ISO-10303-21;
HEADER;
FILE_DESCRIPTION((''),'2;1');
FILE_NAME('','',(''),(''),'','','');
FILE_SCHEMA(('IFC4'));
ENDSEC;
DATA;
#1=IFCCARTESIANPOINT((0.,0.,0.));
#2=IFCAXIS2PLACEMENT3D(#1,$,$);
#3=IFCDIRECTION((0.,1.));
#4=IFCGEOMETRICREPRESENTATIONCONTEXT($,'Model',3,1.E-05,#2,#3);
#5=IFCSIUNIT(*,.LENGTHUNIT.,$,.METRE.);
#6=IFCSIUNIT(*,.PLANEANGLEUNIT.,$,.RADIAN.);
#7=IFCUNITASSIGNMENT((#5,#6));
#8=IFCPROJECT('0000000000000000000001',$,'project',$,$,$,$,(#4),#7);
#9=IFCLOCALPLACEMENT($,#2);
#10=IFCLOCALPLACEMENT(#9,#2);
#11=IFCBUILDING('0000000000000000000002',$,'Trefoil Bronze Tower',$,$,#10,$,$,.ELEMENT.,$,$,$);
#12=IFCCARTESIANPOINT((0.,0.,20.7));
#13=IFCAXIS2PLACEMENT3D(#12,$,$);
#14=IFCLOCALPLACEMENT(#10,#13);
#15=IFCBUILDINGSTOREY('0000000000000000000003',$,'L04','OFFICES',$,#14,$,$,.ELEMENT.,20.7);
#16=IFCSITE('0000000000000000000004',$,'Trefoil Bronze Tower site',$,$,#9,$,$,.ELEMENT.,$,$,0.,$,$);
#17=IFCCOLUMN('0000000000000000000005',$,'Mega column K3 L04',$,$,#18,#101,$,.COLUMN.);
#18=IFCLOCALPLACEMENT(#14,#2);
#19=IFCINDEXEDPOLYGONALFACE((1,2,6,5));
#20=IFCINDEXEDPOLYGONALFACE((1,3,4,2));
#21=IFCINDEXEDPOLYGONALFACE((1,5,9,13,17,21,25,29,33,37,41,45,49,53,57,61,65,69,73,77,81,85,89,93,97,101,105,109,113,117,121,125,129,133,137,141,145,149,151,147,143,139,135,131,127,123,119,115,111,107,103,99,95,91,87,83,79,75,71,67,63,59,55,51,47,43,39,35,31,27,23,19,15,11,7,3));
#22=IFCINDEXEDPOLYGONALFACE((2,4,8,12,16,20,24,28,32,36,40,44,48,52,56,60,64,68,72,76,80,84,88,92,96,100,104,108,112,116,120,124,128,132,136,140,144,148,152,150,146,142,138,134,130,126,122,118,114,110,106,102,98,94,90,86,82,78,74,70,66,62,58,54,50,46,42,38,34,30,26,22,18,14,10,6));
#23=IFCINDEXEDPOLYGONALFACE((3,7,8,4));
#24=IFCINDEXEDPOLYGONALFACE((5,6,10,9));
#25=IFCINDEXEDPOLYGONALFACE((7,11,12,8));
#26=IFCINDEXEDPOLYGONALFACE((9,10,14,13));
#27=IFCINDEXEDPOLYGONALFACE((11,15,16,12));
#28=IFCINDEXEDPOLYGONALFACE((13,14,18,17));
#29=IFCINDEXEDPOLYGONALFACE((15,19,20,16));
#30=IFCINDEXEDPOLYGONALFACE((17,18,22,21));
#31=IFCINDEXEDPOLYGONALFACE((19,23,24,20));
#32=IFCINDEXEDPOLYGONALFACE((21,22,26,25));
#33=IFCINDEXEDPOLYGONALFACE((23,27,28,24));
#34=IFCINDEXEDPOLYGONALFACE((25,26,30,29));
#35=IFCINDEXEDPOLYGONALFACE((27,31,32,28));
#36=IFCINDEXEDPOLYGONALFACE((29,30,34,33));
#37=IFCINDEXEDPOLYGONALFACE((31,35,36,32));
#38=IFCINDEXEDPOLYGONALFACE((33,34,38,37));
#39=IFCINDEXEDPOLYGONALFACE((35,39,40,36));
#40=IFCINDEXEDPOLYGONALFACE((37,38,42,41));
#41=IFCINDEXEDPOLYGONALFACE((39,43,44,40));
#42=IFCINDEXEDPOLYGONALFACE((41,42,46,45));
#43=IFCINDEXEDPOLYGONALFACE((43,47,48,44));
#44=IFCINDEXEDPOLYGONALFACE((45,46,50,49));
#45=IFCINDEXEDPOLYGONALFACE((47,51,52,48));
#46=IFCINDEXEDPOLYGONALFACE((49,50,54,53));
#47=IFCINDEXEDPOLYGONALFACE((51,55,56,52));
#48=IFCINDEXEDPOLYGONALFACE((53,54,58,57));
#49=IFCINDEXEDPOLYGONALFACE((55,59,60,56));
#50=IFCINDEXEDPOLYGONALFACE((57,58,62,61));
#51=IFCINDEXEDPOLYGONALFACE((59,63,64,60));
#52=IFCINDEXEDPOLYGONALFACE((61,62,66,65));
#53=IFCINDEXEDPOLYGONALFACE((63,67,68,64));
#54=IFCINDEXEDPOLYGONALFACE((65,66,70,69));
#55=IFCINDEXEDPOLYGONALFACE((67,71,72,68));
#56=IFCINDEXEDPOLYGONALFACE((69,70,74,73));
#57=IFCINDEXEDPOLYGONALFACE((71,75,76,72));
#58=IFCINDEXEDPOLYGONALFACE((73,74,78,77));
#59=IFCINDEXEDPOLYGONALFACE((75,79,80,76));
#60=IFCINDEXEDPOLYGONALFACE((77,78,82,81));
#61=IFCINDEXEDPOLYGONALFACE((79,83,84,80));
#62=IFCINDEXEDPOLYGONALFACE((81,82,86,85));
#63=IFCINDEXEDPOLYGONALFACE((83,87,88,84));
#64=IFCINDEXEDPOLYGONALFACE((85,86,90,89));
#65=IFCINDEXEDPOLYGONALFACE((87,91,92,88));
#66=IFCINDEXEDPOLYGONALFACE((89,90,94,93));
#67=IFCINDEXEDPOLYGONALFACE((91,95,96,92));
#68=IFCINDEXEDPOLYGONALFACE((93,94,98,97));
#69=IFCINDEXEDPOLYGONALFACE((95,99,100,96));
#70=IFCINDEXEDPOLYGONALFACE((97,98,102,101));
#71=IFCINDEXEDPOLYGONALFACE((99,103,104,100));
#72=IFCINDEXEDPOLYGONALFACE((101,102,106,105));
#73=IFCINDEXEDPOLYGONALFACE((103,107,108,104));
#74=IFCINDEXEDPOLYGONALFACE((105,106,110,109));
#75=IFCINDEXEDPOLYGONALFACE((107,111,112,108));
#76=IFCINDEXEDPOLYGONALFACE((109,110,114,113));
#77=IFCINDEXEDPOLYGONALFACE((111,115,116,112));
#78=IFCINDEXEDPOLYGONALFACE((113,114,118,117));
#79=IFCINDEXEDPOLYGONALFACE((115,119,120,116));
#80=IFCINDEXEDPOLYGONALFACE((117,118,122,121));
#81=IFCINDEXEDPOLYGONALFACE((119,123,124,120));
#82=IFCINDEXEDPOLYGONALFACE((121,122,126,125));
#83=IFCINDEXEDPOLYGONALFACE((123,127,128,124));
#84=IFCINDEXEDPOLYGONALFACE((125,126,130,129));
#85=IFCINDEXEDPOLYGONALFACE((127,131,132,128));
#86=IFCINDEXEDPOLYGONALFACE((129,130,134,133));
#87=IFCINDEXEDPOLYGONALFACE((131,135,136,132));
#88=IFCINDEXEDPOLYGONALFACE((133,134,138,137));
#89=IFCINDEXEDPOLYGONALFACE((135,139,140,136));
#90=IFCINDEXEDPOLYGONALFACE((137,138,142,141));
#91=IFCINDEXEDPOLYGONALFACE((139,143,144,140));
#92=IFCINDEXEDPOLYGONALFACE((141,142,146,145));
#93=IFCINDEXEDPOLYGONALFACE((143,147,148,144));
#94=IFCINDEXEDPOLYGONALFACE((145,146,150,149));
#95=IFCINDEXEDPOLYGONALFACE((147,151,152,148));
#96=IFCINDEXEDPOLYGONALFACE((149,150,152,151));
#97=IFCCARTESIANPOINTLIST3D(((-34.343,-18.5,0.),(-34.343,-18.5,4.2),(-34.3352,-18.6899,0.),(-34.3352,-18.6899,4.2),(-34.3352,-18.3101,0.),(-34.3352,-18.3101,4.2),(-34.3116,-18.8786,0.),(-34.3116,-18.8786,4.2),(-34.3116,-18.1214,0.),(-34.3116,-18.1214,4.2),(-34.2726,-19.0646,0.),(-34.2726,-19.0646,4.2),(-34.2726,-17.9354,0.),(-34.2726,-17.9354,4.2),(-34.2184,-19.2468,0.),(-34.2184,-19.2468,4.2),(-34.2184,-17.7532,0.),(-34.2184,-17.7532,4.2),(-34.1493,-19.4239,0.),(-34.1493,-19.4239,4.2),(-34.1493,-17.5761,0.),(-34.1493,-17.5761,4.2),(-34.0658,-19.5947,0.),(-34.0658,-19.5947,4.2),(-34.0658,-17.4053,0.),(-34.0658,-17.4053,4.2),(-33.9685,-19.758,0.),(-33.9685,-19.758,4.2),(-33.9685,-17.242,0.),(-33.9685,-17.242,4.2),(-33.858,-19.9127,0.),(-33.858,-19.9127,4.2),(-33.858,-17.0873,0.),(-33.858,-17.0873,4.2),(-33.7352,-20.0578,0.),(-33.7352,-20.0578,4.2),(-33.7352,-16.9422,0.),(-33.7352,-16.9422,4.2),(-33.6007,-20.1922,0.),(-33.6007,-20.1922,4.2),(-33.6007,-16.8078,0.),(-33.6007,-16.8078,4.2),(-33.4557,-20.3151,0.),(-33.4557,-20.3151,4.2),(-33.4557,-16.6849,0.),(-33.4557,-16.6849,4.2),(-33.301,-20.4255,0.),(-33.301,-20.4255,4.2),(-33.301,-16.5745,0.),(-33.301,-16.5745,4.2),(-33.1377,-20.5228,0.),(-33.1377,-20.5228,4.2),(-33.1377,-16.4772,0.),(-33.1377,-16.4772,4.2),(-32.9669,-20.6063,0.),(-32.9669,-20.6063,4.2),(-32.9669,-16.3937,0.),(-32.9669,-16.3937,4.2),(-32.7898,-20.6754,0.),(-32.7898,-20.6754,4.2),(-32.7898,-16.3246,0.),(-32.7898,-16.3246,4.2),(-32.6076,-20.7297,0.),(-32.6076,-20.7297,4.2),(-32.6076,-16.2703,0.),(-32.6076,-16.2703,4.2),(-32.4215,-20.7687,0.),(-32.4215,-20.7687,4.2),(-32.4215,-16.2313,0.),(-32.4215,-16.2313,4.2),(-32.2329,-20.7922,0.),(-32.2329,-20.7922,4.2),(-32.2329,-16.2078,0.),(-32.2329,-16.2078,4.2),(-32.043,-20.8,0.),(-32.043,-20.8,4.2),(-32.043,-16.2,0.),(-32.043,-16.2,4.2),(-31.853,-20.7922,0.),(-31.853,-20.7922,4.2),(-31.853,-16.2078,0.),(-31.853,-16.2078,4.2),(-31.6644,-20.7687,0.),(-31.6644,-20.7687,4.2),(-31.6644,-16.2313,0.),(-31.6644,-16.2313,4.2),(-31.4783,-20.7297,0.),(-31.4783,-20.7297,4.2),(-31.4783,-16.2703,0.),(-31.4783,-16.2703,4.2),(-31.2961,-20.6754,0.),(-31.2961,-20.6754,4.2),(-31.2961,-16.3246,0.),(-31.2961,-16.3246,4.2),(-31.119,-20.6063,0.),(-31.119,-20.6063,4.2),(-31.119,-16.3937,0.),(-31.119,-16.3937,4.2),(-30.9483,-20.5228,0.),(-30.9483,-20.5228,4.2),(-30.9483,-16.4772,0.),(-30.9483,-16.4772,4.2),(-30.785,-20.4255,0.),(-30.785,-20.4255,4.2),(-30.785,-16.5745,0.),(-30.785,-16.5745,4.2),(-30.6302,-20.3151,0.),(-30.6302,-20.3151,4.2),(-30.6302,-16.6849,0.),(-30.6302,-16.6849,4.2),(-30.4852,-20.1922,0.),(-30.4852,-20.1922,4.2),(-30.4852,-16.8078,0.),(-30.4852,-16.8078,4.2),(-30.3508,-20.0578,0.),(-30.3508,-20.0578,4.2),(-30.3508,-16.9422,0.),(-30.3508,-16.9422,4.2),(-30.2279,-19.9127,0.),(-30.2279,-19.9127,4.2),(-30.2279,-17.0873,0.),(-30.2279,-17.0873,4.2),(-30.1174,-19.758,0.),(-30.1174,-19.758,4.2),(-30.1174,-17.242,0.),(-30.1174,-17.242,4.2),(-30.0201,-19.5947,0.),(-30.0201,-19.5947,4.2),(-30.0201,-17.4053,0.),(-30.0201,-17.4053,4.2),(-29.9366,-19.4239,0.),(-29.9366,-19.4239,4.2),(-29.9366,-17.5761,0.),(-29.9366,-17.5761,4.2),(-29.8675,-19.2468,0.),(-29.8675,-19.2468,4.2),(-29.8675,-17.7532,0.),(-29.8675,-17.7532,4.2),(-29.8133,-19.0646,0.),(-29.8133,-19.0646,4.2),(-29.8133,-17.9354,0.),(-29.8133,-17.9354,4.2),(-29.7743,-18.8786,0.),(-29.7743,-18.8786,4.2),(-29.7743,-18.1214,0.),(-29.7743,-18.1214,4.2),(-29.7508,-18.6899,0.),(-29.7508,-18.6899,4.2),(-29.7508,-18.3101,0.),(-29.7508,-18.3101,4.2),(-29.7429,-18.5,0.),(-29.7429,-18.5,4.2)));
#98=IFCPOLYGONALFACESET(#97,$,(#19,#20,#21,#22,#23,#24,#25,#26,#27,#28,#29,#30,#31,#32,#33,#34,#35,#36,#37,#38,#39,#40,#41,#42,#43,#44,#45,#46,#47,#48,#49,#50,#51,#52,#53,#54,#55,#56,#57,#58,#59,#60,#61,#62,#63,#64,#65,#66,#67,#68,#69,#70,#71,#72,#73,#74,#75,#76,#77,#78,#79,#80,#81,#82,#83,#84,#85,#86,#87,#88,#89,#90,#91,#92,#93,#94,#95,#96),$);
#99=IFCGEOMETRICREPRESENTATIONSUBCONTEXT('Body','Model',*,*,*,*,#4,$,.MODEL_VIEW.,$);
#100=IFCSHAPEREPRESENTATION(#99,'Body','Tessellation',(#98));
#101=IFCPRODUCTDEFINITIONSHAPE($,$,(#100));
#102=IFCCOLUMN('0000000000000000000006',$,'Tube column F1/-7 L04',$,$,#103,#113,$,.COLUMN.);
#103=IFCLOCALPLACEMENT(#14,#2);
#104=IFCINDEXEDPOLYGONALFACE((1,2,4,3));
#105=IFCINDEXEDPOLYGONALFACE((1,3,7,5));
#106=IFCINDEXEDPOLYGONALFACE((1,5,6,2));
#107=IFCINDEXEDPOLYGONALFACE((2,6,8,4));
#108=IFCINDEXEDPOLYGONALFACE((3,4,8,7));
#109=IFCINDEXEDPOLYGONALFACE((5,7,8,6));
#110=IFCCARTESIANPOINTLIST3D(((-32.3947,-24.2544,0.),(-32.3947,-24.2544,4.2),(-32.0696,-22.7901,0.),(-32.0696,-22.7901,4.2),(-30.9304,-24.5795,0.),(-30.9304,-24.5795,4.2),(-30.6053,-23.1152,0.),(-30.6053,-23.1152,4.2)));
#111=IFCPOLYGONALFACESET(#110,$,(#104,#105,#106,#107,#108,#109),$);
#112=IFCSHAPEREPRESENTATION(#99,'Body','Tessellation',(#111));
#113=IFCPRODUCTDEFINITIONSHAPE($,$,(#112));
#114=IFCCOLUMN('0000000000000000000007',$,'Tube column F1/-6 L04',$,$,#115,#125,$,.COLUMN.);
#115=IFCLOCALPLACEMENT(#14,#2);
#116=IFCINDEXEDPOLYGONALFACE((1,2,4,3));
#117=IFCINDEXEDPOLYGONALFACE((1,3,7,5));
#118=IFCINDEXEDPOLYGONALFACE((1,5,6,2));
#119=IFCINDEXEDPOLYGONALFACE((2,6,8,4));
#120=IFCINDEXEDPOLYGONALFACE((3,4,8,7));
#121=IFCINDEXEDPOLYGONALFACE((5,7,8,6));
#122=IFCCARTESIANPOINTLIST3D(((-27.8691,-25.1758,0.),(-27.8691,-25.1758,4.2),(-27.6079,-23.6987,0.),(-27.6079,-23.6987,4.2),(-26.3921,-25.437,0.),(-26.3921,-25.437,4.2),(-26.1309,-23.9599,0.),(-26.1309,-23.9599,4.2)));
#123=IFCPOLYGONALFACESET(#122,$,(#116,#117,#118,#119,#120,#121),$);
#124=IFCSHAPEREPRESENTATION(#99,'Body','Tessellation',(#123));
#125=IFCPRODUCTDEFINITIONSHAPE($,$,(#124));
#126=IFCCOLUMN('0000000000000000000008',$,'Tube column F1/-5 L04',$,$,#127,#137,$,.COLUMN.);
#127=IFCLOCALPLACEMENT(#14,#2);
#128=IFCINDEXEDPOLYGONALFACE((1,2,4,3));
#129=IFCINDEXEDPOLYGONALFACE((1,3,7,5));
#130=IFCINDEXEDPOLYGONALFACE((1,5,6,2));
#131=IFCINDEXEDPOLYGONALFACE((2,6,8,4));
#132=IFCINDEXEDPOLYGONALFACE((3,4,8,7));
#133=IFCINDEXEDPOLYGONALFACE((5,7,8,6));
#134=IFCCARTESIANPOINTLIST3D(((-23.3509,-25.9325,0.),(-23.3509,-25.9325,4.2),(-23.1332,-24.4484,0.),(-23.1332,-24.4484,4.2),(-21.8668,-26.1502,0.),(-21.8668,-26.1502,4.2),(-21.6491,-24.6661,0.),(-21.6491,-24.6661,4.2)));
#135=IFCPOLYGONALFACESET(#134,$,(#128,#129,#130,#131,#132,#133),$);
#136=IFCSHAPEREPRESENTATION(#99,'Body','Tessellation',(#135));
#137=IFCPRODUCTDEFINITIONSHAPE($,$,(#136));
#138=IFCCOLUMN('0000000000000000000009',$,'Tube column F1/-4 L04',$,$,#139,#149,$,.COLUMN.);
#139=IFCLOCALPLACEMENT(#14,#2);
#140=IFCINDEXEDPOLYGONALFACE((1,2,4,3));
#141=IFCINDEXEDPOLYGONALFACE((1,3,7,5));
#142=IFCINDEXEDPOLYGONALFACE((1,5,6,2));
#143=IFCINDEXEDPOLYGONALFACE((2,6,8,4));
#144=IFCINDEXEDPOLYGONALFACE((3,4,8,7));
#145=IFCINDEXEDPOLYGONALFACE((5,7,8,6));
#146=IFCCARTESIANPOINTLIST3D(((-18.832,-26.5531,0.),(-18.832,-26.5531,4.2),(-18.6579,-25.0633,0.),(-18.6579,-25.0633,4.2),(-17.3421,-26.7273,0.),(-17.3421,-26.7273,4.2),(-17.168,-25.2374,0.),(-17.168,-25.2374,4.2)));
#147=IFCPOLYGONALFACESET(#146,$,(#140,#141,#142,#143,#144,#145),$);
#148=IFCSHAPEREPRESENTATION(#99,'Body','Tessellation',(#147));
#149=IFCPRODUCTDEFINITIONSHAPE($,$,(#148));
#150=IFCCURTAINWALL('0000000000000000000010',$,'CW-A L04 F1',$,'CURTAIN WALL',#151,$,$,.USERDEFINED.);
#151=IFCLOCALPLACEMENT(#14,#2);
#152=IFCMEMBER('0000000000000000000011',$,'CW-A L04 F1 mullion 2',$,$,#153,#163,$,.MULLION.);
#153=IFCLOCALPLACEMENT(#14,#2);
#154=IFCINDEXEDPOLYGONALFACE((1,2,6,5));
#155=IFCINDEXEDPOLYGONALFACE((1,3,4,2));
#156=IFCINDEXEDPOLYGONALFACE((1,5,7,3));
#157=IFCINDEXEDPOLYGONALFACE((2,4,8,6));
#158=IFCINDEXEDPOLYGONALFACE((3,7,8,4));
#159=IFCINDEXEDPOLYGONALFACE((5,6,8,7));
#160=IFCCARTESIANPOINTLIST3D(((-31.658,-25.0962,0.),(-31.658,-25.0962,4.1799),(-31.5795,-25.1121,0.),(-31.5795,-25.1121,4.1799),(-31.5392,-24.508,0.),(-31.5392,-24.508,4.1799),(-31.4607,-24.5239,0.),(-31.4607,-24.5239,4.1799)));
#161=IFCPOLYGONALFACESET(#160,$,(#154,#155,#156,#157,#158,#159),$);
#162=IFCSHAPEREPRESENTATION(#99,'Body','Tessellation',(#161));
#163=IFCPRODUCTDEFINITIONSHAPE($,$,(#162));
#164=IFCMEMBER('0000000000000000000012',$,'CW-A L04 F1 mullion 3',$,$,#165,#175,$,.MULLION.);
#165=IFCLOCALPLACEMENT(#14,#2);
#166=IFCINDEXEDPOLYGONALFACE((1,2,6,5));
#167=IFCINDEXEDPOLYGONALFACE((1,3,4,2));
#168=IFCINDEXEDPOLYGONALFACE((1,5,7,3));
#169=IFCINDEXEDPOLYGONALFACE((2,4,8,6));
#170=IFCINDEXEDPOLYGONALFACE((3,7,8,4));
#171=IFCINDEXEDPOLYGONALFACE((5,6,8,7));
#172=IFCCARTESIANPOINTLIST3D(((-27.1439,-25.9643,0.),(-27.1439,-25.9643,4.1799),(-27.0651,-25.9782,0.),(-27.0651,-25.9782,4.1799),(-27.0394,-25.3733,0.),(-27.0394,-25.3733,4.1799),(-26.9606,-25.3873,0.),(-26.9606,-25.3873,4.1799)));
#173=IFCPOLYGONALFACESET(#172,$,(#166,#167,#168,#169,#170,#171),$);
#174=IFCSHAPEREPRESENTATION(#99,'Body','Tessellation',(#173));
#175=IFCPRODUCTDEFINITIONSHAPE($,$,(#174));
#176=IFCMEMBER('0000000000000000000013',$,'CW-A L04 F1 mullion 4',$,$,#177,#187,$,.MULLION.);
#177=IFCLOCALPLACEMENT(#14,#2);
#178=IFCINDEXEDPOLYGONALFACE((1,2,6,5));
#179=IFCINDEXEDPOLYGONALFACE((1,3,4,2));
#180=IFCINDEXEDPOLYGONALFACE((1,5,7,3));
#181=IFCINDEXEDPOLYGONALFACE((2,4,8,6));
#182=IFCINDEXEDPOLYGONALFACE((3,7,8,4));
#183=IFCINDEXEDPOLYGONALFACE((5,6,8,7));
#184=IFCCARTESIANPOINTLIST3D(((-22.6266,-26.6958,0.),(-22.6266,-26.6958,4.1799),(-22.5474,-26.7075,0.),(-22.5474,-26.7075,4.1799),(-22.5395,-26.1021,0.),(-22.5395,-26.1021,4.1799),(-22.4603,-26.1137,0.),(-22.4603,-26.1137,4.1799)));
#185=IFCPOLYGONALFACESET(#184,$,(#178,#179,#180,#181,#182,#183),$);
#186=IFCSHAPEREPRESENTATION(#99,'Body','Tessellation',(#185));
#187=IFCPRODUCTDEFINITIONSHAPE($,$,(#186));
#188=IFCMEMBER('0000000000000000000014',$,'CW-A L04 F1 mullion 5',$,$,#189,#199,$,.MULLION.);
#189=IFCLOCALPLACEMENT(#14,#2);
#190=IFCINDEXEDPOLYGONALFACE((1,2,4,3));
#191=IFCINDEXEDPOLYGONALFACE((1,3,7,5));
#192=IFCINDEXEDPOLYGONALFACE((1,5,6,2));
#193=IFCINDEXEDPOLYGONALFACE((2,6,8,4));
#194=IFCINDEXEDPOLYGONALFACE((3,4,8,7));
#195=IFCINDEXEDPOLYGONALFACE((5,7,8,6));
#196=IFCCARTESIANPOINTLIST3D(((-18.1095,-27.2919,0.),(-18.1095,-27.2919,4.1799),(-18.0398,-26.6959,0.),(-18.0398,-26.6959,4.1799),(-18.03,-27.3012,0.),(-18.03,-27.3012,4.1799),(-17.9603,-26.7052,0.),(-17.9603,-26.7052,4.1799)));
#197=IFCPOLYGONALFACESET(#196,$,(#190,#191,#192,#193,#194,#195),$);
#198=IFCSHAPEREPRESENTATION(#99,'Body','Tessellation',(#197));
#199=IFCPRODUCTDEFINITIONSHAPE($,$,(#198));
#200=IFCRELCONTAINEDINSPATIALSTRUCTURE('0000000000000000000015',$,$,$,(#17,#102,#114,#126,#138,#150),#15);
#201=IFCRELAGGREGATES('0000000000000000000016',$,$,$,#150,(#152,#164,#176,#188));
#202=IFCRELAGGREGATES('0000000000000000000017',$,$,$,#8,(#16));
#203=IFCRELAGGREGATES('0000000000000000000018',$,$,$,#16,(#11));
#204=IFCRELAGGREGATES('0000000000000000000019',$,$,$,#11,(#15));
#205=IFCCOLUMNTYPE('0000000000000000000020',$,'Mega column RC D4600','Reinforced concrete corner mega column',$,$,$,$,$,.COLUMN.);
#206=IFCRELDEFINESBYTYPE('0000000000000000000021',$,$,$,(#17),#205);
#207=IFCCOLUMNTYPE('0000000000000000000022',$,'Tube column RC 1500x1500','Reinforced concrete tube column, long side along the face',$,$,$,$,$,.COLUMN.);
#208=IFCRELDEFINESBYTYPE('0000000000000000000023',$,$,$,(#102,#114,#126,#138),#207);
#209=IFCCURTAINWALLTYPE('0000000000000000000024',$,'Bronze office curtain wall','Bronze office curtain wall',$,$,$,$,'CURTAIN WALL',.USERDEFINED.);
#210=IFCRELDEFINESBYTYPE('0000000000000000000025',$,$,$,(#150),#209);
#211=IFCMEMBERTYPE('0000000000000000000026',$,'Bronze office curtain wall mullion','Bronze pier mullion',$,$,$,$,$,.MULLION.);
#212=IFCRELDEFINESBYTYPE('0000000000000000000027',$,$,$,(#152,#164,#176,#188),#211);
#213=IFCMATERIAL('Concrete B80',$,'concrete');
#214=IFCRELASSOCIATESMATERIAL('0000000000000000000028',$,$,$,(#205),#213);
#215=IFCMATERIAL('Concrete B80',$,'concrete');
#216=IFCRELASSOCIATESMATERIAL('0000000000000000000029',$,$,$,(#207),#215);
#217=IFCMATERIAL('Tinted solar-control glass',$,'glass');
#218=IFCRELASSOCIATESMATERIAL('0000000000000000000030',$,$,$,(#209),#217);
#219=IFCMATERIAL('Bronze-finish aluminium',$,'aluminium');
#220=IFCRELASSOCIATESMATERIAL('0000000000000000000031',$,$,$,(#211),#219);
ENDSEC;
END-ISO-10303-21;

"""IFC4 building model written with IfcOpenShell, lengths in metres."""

from ifc_helpers import new_model, si_unit, direction, frame, origin, origin_2d, place, context, subcontext, project, spatial, rectangle, circle, extrude, material, material_profile, profile_set, type_object, element, aggregate, save


model = new_model("IFC4")

# Units and contexts
model_context = context("Model", 3, precision=1e-05, world=origin(), true_north=direction((0.0, 1.0)))
body_context = subcontext(model_context, "Body", "Model", "MODEL_VIEW")
ifc_project = project(units=[si_unit("LENGTHUNIT", "METRE"), si_unit("PLANEANGLEUNIT", "RADIAN")], contexts=[model_context])

# Site, building, storey
site_placement = place(None, origin())
site = spatial("IfcSite", under=ifc_project, at=site_placement, Name="Trefoil Bronze Tower site", CompositionType="ELEMENT", RefElevation=0.0)
building_placement = place(site_placement, origin())
building = spatial("IfcBuilding", under=site, at=building_placement, Name="Trefoil Bronze Tower", CompositionType="ELEMENT")
storey_placement = place(building_placement, frame((0.0, 0.0, 20.7)))
storey = spatial("IfcBuildingStorey", under=building, at=storey_placement, Name="L04", Description="OFFICES", CompositionType="ELEMENT", Elevation=20.7)

# Columns
ifc_material_1 = material(Name="Concrete B80", Category="concrete")
ifc_material_profile_1 = material_profile(ifc_material_1, circle(Radius=2.3, at=origin_2d()), Name="RC D4600")
ifc_profile_set_1 = profile_set([ifc_material_profile_1], Name="Concrete B80")
column_type_1 = type_object("IfcColumnType", Name="Mega column RC D4600", Description="Reinforced concrete corner mega column", PredefinedType="COLUMN", material=ifc_profile_set_1)
column_placement = place(storey_placement, frame((-32.043, -18.5, 0.0), z_axis=(0.0, 0.0, 1.0), x_axis=(1.0, 0.0, 0.0)))
element("IfcColumn", 1, at=column_placement, inside=storey, type_object=column_type_1, Name="Mega column K3 L04", PredefinedType="COLUMN", context=body_context, shape_type="SweptSolid", body=[
    extrude(circle(Radius=2.3, at=origin_2d()), origin(), (0.0, 0.0, 1.0), 4.2),
])
ifc_material_2 = material(Name="Concrete B80", Category="concrete")
ifc_material_profile_2 = material_profile(ifc_material_2, rectangle(XDim=1.5, YDim=1.5, at=origin_2d()), Name="RC 1500x1500")
ifc_profile_set_2 = profile_set([ifc_material_profile_2], Name="Concrete B80")
column_type_2 = type_object("IfcColumnType", Name="Tube column RC 1500x1500", Description="Reinforced concrete tube column, long side along the face", PredefinedType="COLUMN", material=ifc_profile_set_2)
for number, where, z_axis, x_axis, name in (
    (2, (-31.5, -23.6848, 0.0), (0.0, 0.0, 1.0), (0.97623, -0.216739, 0.0), "Tube column F1/-7 L04"),
    (3, (-27.0, -24.5679, 0.0), (0.0, 0.0, 1.0), (0.984722, -0.174131, 0.0), "Tube column F1/-6 L04"),
    (4, (-22.5, -25.2993, 0.0), (0.0, 0.0, 1.0), (0.989416, -0.145109, 0.0), "Tube column F1/-5 L04"),
    (5, (-18.0, -25.8953, 0.0), (0.0, 0.0, 1.0), (0.993239, -0.116087, 0.0), "Tube column F1/-4 L04"),
):
    element("IfcColumn", number, at=place(storey_placement, frame(where, z_axis=z_axis, x_axis=x_axis)), inside=storey, type_object=column_type_2, Name=name, PredefinedType="COLUMN", context=body_context, shape_type="SweptSolid", body=[
        extrude(rectangle(XDim=1.5, YDim=1.5, at=origin_2d()), origin(), (0.0, 0.0, 1.0), 4.2),
    ])

# Curtain wall, members
ifc_material_3 = material(Name="Tinted solar-control glass", Category="glass")
curtain_wall_type_1 = type_object("IfcCurtainWallType", Name="Bronze office curtain wall", Description="Bronze office curtain wall", ElementType="CURTAIN WALL", PredefinedType="USERDEFINED", material=ifc_material_3)
curtain_wall_1_placement = place(storey_placement, origin())
curtain_wall_1 = element("IfcCurtainWall", 6, at=curtain_wall_1_placement, inside=storey, type_object=curtain_wall_type_1, Name="CW-A L04 F1", ObjectType="CURTAIN WALL", PredefinedType="USERDEFINED")
ifc_material_4 = material(Name="Bronze-finish aluminium", Category="aluminium")
ifc_material_profile_3 = material_profile(ifc_material_4, rectangle(XDim=0.6001, YDim=0.0801, at=origin_2d()), Name="CW-A mullion")
ifc_profile_set_3 = profile_set([ifc_material_profile_3], Name="Bronze-finish aluminium")
member_type_1 = type_object("IfcMemberType", Name="Bronze office curtain wall mullion", Description="Bronze pier mullion", PredefinedType="MULLION", material=ifc_profile_set_3)
member_1_placement = place(storey_placement, frame((-31.5593, -24.8101, 0.0), z_axis=(0.0, 0.0, 1.0), x_axis=(0.19791, 0.98022, 0.0)))
member_1 = element("IfcMember", 7, at=member_1_placement, type_object=member_type_1, Name="CW-A L04 F1 mullion 2", PredefinedType="MULLION", context=body_context, shape_type="SweptSolid", body=[
    extrude(rectangle(XDim=0.6001, YDim=0.0801, at=origin_2d()), origin(), (0.0, 0.0, 1.0), 4.1799),
])
member_2_placement = place(storey_placement, frame((-27.0522, -25.6758, 0.0), z_axis=(0.0, 0.0, 1.0), x_axis=(0.174131, 0.984722, 0.0)))
member_2 = element("IfcMember", 8, at=member_2_placement, type_object=member_type_1, Name="CW-A L04 F1 mullion 3", PredefinedType="MULLION", context=body_context, shape_type="SweptSolid", body=[
    extrude(rectangle(XDim=0.6001, YDim=0.0801, at=origin_2d()), origin(), (0.0, 0.0, 1.0), 4.1799),
])
member_3_placement = place(storey_placement, frame((-22.5435, -26.4048, 0.0), z_axis=(0.0, 0.0, 1.0), x_axis=(0.145109, 0.989416, 0.0)))
member_3 = element("IfcMember", 9, at=member_3_placement, type_object=member_type_1, Name="CW-A L04 F1 mullion 4", PredefinedType="MULLION", context=body_context, shape_type="SweptSolid", body=[
    extrude(rectangle(XDim=0.6001, YDim=0.0801, at=origin_2d()), origin(), (0.0, 0.0, 1.0), 4.1799),
])
member_4_placement = place(storey_placement, frame((-18.0349, -26.9985, 0.0), z_axis=(0.0, 0.0, 1.0), x_axis=(0.116087, 0.993239, 0.0)))
member_4 = element("IfcMember", 10, at=member_4_placement, type_object=member_type_1, Name="CW-A L04 F1 mullion 5", PredefinedType="MULLION", context=body_context, shape_type="SweptSolid", body=[
    extrude(rectangle(XDim=0.6001, YDim=0.0801, at=origin_2d()), origin(), (0.0, 0.0, 1.0), 4.1799),
])

aggregate(curtain_wall_1, [member_1, member_2, member_3, member_4])

save(model, "model.ifc")
